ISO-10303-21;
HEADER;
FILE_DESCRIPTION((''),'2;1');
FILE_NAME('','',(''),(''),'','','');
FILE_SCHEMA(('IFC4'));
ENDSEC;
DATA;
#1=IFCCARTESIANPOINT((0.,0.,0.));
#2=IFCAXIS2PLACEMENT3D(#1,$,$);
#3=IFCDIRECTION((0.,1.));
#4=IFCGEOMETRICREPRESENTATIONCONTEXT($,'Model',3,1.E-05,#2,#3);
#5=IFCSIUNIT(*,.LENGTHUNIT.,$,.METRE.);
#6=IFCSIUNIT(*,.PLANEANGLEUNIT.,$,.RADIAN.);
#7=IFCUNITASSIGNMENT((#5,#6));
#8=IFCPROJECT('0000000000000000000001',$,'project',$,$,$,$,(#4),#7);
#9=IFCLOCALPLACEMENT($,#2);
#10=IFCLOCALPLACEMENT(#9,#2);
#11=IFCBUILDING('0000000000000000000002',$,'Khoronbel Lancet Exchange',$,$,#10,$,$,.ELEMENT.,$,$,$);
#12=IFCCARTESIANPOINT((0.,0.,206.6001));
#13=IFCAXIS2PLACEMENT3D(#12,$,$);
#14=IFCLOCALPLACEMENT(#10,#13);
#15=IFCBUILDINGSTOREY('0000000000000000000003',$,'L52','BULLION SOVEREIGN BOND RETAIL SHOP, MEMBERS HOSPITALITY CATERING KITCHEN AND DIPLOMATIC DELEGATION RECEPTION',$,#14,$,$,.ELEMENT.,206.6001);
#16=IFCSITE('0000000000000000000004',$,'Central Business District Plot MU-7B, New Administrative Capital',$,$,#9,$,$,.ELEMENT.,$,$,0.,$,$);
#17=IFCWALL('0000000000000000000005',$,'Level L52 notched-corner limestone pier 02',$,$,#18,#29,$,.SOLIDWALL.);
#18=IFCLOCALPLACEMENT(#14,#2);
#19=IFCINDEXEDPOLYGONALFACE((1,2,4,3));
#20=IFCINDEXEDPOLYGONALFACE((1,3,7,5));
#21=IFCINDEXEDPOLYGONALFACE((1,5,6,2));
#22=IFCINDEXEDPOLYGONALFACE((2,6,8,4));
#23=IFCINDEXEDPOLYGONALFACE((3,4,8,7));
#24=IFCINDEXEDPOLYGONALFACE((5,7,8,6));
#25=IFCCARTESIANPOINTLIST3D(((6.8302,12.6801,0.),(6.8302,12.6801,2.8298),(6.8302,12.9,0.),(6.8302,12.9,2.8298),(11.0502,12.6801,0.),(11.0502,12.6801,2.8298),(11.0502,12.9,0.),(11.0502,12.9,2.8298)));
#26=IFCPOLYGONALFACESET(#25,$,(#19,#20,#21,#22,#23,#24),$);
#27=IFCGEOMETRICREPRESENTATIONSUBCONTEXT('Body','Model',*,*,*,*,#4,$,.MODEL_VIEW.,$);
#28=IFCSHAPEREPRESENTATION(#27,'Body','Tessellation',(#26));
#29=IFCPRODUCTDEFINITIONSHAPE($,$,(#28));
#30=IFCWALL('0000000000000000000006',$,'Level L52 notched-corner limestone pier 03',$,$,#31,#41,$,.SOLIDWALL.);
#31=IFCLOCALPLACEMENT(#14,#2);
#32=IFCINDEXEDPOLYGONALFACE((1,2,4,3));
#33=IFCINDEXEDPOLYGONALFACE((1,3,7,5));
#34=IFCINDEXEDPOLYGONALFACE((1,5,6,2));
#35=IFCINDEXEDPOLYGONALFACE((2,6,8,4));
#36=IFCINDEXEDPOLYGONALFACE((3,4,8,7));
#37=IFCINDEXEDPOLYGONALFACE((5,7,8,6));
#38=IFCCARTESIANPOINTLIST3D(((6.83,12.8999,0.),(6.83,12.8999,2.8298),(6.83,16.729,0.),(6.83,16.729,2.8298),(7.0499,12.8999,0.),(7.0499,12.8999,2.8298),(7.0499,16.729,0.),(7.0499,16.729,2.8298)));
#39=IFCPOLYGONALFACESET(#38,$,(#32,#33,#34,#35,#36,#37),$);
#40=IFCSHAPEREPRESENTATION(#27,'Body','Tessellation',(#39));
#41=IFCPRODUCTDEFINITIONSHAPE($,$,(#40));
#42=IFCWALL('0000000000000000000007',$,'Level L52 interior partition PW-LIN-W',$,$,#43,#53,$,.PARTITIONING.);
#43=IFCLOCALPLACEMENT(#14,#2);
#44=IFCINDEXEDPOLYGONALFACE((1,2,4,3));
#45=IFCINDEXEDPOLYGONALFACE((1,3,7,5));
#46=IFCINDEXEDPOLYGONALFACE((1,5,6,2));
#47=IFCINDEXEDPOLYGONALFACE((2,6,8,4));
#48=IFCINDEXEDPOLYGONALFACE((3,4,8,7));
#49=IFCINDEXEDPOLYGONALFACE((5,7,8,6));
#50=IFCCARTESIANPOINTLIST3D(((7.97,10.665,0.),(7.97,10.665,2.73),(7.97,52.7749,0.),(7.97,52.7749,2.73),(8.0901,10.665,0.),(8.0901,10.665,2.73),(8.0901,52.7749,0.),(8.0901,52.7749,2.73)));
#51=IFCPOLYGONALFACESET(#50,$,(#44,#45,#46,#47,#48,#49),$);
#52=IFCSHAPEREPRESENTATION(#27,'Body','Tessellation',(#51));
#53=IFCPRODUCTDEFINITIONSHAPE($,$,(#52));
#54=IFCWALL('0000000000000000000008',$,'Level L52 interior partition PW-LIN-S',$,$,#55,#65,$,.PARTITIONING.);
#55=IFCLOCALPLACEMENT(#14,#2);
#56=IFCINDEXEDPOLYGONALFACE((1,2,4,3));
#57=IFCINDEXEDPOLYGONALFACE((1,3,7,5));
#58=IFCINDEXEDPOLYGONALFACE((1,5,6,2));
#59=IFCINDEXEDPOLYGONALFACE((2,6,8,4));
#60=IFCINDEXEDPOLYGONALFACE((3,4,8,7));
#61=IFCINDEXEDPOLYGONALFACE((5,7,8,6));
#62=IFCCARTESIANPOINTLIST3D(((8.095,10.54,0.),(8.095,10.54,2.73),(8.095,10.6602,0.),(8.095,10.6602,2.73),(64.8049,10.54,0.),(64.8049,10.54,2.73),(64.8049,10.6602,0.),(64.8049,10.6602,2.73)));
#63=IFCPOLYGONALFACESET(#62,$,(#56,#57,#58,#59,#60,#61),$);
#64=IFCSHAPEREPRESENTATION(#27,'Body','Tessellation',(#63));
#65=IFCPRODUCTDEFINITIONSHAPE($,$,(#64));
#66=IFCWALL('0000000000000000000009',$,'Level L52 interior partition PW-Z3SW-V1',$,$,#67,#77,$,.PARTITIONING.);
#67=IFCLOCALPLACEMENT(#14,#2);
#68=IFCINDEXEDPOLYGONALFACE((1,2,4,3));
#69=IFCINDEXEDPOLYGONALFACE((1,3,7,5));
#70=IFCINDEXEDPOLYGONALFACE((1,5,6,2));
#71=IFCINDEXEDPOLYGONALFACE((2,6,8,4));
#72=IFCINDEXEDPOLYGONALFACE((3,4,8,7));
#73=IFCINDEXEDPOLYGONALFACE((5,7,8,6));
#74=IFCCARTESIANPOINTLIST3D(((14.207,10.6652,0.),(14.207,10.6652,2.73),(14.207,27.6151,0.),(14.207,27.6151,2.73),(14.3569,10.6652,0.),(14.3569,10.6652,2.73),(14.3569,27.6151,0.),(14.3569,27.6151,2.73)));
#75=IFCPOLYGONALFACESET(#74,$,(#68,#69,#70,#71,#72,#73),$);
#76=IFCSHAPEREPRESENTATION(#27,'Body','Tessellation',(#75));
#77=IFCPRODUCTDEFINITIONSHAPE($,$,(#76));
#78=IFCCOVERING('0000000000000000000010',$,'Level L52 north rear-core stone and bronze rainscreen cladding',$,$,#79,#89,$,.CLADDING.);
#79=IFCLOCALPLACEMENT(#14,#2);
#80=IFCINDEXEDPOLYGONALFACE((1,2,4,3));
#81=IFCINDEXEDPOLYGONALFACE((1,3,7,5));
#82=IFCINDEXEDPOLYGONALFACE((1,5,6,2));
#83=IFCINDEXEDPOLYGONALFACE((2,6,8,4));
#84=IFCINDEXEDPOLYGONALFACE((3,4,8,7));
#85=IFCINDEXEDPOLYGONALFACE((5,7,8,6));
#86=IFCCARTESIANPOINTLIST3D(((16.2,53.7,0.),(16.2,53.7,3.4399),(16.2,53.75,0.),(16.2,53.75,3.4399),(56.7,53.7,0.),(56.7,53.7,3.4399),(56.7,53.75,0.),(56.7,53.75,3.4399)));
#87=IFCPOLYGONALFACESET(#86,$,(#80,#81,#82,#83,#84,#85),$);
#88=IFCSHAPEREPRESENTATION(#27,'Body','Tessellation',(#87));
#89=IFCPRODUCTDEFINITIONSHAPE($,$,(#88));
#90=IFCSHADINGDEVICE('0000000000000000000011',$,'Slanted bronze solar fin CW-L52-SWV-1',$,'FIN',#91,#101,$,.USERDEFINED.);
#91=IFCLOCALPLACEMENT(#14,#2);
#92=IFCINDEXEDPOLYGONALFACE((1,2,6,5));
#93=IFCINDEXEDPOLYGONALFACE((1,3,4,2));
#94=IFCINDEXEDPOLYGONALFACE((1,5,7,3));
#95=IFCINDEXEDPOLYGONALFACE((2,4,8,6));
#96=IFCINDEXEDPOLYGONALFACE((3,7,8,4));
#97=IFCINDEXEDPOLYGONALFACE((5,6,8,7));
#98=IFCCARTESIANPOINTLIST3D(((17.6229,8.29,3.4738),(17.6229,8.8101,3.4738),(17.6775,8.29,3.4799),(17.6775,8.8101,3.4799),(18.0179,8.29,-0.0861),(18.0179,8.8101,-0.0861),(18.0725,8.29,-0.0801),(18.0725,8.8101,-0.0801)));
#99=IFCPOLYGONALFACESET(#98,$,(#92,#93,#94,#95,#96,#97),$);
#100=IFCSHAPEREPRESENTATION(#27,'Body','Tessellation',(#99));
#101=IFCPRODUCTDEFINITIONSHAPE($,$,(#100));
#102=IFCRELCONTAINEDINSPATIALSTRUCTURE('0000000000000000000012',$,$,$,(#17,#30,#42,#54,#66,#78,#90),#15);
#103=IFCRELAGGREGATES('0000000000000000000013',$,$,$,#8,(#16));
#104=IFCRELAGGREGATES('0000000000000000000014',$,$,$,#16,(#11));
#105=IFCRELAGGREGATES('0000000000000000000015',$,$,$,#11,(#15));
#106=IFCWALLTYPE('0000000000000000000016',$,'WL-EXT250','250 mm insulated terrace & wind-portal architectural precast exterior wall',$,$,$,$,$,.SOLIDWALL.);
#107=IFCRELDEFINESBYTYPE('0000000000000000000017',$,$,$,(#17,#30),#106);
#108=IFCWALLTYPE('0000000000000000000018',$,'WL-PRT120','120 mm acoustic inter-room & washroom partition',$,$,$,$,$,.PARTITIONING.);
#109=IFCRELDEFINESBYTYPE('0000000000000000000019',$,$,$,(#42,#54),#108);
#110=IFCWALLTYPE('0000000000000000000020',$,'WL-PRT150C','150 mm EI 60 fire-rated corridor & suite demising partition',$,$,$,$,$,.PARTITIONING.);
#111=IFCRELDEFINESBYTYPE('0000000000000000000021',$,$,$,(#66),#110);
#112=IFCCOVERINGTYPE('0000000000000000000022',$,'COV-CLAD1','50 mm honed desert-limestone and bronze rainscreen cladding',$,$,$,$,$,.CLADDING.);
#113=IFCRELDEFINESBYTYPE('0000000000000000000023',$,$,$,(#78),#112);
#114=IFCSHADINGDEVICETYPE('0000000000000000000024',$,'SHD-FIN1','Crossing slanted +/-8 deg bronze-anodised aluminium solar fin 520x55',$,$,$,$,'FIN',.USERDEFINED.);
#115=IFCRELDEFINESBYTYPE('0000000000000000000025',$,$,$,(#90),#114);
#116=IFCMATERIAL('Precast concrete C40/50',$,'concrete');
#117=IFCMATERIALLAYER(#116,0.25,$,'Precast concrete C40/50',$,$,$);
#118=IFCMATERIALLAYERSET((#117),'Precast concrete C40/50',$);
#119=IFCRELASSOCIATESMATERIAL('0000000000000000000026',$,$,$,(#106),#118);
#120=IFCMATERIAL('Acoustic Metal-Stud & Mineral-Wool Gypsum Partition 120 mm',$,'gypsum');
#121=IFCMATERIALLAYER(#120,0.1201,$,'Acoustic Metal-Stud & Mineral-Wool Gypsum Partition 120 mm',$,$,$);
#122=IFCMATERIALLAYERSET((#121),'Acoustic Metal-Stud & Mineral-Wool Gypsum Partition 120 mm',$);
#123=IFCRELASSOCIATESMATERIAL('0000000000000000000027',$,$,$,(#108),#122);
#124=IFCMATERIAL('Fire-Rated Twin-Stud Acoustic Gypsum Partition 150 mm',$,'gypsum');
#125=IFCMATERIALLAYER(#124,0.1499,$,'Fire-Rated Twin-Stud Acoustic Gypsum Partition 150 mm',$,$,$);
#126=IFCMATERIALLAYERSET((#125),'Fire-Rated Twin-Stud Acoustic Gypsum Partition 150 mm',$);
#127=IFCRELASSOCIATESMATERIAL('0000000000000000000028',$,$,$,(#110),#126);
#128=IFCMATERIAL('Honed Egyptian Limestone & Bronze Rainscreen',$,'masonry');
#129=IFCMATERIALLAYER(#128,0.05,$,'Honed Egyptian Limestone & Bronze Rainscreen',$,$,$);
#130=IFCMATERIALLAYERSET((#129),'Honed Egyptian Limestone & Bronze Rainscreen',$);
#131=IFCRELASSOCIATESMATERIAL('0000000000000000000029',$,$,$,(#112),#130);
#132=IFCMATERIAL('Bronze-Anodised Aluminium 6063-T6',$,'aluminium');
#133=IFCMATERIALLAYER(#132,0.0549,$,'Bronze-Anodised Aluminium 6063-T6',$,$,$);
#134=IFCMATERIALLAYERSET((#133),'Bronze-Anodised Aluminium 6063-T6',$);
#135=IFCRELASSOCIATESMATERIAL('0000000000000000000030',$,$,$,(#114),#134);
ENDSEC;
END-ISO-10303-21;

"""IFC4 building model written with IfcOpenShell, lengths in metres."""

from ifc_helpers import new_model, si_unit, direction, frame, frame_2d, origin, place, context, subcontext, project, spatial, polyline, rectangle, outline, extrude, material, layer, layer_set, type_object, element, save


model = new_model("IFC4")

# Units and contexts
model_context = context("Model", 3, precision=1e-05, world=origin(), true_north=direction((0.0, 1.0)))
body_context = subcontext(model_context, "Body", "Model", "MODEL_VIEW")
ifc_project = project(units=[si_unit("LENGTHUNIT", "METRE"), si_unit("PLANEANGLEUNIT", "RADIAN")], contexts=[model_context])

# Site, building, storey
site_placement = place(None, origin())
site = spatial("IfcSite", under=ifc_project, at=site_placement, Name="Central Business District Plot MU-7B, New Administrative Capital", CompositionType="ELEMENT", RefElevation=0.0)
building_placement = place(site_placement, origin())
building = spatial("IfcBuilding", under=site, at=building_placement, Name="Khoronbel Lancet Exchange", CompositionType="ELEMENT")
storey_placement = place(building_placement, frame((0.0, 0.0, 206.6001)))
storey = spatial("IfcBuildingStorey", under=building, at=storey_placement, Name="L52", Description="BULLION SOVEREIGN BOND RETAIL SHOP, MEMBERS HOSPITALITY CATERING KITCHEN AND DIPLOMATIC DELEGATION RECEPTION", CompositionType="ELEMENT", Elevation=206.6001)

# Shared definitions
ifc_material_1 = material(Name="Bronze-Anodised Aluminium 6063-T6", Category="aluminium")

# Walls
ifc_material_2 = material(Name="Precast concrete C40/50", Category="concrete")
ifc_layer_1 = layer(ifc_material_2, 0.25, Name="Precast concrete C40/50")
ifc_layer_set_1 = layer_set([ifc_layer_1], Name="Precast concrete C40/50")
wall_type_1 = type_object("IfcWallType", Name="WL-EXT250", Description="250 mm insulated terrace & wind-portal architectural precast exterior wall", PredefinedType="SOLIDWALL", material=ifc_layer_set_1)
wall_1_placement = place(storey_placement, frame((11.05, 12.79, 0.0), z_axis=(0.0, 0.0, 1.0), x_axis=(-1.0, 0.0, 0.0)))
element("IfcWall", 1, at=wall_1_placement, inside=storey, type_object=wall_type_1, Name="Level L52 notched-corner limestone pier 02", PredefinedType="SOLIDWALL", context=body_context, shape_type="SweptSolid", body=[
    extrude(rectangle(XDim=4.22, YDim=0.22, at=frame_2d((2.1099, 0.0))), origin(), (0.0, 0.0, 1.0), 2.8298),
])
wall_2_placement = place(storey_placement, frame((6.9399, 12.8999, 0.0), z_axis=(0.0, 0.0, 1.0), x_axis=(0.0, 1.0, 0.0)))
element("IfcWall", 2, at=wall_2_placement, inside=storey, type_object=wall_type_1, Name="Level L52 notched-corner limestone pier 03", PredefinedType="SOLIDWALL", context=body_context, shape_type="SweptSolid", body=[
    extrude(rectangle(XDim=3.8291, YDim=0.22, at=frame_2d((1.9146, 0.0))), origin(), (0.0, 0.0, 1.0), 2.8298),
])
ifc_material_3 = material(Name="Acoustic Metal-Stud & Mineral-Wool Gypsum Partition 120 mm", Category="gypsum")
ifc_layer_2 = layer(ifc_material_3, 0.1201, Name="Acoustic Metal-Stud & Mineral-Wool Gypsum Partition 120 mm")
ifc_layer_set_2 = layer_set([ifc_layer_2], Name="Acoustic Metal-Stud & Mineral-Wool Gypsum Partition 120 mm")
wall_type_2 = type_object("IfcWallType", Name="WL-PRT120", Description="120 mm acoustic inter-room & washroom partition", PredefinedType="PARTITIONING", material=ifc_layer_set_2)
wall_3_placement = place(storey_placement, frame((8.03, 10.665, 0.0), z_axis=(0.0, 0.0, 1.0), x_axis=(0.0, 1.0, 0.0)))
element("IfcWall", 3, at=wall_3_placement, inside=storey, type_object=wall_type_2, Name="Level L52 interior partition PW-LIN-W", PredefinedType="PARTITIONING", context=body_context, shape_type="SweptSolid", body=[
    extrude(rectangle(XDim=42.1099, YDim=0.1201, at=frame_2d((21.0549, 0.0))), origin(), (0.0, 0.0, 1.0), 2.73),
])
wall_4_placement = place(storey_placement, frame((8.095, 10.6001, 0.0), z_axis=(0.0, 0.0, 1.0), x_axis=(1.0, 0.0, 0.0)))
element("IfcWall", 4, at=wall_4_placement, inside=storey, type_object=wall_type_2, Name="Level L52 interior partition PW-LIN-S", PredefinedType="PARTITIONING", context=body_context, shape_type="SweptSolid", body=[
    extrude(rectangle(XDim=56.71, YDim=0.1201, at=frame_2d((28.355, 0.0))), origin(), (0.0, 0.0, 1.0), 2.73),
])
ifc_material_4 = material(Name="Fire-Rated Twin-Stud Acoustic Gypsum Partition 150 mm", Category="gypsum")
ifc_layer_3 = layer(ifc_material_4, 0.1499, Name="Fire-Rated Twin-Stud Acoustic Gypsum Partition 150 mm")
ifc_layer_set_3 = layer_set([ifc_layer_3], Name="Fire-Rated Twin-Stud Acoustic Gypsum Partition 150 mm")
wall_type_3 = type_object("IfcWallType", Name="WL-PRT150C", Description="150 mm EI 60 fire-rated corridor & suite demising partition", PredefinedType="PARTITIONING", material=ifc_layer_set_3)
wall_5_placement = place(storey_placement, frame((14.282, 10.665, 0.0), z_axis=(0.0, 0.0, 1.0), x_axis=(0.0, 1.0, 0.0)))
element("IfcWall", 5, at=wall_5_placement, inside=storey, type_object=wall_type_3, Name="Level L52 interior partition PW-Z3SW-V1", PredefinedType="PARTITIONING", context=body_context, shape_type="SweptSolid", body=[
    extrude(rectangle(XDim=16.95, YDim=0.1499, at=frame_2d((8.4751, 0.0))), origin(), (0.0, 0.0, 1.0), 2.73),
])

# Covering
ifc_material_5 = material(Name="Honed Egyptian Limestone & Bronze Rainscreen", Category="masonry")
ifc_layer_4 = layer(ifc_material_5, 0.05, Name="Honed Egyptian Limestone & Bronze Rainscreen")
ifc_layer_set_4 = layer_set([ifc_layer_4], Name="Honed Egyptian Limestone & Bronze Rainscreen")
covering_type = type_object("IfcCoveringType", Name="COV-CLAD1", Description="50 mm honed desert-limestone and bronze rainscreen cladding", PredefinedType="CLADDING", material=ifc_layer_set_4)
covering_placement = place(storey_placement, origin())
element("IfcCovering", 6, at=covering_placement, inside=storey, type_object=covering_type, Name="Level L52 north rear-core stone and bronze rainscreen cladding", PredefinedType="CLADDING", context=body_context, shape_type="SweptSolid", body=[
    extrude(outline(polyline([(16.2, 53.7), (56.7, 53.7), (56.7, 53.75), (16.2, 53.75), (16.2, 53.7)])), origin(), (0.0, 0.0, 1.0), 3.4399),
])

# Shading device
ifc_layer_5 = layer(ifc_material_1, 0.0549, Name="Bronze-Anodised Aluminium 6063-T6")
ifc_layer_set_5 = layer_set([ifc_layer_5], Name="Bronze-Anodised Aluminium 6063-T6")
shading_device_type = type_object("IfcShadingDeviceType", Name="SHD-FIN1", Description="Crossing slanted +/-8 deg bronze-anodised aluminium solar fin 520x55", ElementType="FIN", PredefinedType="USERDEFINED", material=ifc_layer_set_5)
shading_device_placement = place(storey_placement, frame((18.0725, 8.8101, -0.0801), z_axis=(0.9939, 0.0, 0.110282), x_axis=(0.0, -1.0, 0.0)))
element("IfcShadingDevice", 7, at=shading_device_placement, inside=storey, type_object=shading_device_type, Name="Slanted bronze solar fin CW-L52-SWV-1", ObjectType="FIN", PredefinedType="USERDEFINED", context=body_context, shape_type="SweptSolid", body=[
    extrude(outline(polyline([(0.0, 0.0), (0.52, 0.0), (0.52, -3.5818), (0.0, -3.5818), (0.0, 0.0)])), origin(), (0.0, 0.0, -1.0), 0.0549),
])

save(model, "model.ifc")
